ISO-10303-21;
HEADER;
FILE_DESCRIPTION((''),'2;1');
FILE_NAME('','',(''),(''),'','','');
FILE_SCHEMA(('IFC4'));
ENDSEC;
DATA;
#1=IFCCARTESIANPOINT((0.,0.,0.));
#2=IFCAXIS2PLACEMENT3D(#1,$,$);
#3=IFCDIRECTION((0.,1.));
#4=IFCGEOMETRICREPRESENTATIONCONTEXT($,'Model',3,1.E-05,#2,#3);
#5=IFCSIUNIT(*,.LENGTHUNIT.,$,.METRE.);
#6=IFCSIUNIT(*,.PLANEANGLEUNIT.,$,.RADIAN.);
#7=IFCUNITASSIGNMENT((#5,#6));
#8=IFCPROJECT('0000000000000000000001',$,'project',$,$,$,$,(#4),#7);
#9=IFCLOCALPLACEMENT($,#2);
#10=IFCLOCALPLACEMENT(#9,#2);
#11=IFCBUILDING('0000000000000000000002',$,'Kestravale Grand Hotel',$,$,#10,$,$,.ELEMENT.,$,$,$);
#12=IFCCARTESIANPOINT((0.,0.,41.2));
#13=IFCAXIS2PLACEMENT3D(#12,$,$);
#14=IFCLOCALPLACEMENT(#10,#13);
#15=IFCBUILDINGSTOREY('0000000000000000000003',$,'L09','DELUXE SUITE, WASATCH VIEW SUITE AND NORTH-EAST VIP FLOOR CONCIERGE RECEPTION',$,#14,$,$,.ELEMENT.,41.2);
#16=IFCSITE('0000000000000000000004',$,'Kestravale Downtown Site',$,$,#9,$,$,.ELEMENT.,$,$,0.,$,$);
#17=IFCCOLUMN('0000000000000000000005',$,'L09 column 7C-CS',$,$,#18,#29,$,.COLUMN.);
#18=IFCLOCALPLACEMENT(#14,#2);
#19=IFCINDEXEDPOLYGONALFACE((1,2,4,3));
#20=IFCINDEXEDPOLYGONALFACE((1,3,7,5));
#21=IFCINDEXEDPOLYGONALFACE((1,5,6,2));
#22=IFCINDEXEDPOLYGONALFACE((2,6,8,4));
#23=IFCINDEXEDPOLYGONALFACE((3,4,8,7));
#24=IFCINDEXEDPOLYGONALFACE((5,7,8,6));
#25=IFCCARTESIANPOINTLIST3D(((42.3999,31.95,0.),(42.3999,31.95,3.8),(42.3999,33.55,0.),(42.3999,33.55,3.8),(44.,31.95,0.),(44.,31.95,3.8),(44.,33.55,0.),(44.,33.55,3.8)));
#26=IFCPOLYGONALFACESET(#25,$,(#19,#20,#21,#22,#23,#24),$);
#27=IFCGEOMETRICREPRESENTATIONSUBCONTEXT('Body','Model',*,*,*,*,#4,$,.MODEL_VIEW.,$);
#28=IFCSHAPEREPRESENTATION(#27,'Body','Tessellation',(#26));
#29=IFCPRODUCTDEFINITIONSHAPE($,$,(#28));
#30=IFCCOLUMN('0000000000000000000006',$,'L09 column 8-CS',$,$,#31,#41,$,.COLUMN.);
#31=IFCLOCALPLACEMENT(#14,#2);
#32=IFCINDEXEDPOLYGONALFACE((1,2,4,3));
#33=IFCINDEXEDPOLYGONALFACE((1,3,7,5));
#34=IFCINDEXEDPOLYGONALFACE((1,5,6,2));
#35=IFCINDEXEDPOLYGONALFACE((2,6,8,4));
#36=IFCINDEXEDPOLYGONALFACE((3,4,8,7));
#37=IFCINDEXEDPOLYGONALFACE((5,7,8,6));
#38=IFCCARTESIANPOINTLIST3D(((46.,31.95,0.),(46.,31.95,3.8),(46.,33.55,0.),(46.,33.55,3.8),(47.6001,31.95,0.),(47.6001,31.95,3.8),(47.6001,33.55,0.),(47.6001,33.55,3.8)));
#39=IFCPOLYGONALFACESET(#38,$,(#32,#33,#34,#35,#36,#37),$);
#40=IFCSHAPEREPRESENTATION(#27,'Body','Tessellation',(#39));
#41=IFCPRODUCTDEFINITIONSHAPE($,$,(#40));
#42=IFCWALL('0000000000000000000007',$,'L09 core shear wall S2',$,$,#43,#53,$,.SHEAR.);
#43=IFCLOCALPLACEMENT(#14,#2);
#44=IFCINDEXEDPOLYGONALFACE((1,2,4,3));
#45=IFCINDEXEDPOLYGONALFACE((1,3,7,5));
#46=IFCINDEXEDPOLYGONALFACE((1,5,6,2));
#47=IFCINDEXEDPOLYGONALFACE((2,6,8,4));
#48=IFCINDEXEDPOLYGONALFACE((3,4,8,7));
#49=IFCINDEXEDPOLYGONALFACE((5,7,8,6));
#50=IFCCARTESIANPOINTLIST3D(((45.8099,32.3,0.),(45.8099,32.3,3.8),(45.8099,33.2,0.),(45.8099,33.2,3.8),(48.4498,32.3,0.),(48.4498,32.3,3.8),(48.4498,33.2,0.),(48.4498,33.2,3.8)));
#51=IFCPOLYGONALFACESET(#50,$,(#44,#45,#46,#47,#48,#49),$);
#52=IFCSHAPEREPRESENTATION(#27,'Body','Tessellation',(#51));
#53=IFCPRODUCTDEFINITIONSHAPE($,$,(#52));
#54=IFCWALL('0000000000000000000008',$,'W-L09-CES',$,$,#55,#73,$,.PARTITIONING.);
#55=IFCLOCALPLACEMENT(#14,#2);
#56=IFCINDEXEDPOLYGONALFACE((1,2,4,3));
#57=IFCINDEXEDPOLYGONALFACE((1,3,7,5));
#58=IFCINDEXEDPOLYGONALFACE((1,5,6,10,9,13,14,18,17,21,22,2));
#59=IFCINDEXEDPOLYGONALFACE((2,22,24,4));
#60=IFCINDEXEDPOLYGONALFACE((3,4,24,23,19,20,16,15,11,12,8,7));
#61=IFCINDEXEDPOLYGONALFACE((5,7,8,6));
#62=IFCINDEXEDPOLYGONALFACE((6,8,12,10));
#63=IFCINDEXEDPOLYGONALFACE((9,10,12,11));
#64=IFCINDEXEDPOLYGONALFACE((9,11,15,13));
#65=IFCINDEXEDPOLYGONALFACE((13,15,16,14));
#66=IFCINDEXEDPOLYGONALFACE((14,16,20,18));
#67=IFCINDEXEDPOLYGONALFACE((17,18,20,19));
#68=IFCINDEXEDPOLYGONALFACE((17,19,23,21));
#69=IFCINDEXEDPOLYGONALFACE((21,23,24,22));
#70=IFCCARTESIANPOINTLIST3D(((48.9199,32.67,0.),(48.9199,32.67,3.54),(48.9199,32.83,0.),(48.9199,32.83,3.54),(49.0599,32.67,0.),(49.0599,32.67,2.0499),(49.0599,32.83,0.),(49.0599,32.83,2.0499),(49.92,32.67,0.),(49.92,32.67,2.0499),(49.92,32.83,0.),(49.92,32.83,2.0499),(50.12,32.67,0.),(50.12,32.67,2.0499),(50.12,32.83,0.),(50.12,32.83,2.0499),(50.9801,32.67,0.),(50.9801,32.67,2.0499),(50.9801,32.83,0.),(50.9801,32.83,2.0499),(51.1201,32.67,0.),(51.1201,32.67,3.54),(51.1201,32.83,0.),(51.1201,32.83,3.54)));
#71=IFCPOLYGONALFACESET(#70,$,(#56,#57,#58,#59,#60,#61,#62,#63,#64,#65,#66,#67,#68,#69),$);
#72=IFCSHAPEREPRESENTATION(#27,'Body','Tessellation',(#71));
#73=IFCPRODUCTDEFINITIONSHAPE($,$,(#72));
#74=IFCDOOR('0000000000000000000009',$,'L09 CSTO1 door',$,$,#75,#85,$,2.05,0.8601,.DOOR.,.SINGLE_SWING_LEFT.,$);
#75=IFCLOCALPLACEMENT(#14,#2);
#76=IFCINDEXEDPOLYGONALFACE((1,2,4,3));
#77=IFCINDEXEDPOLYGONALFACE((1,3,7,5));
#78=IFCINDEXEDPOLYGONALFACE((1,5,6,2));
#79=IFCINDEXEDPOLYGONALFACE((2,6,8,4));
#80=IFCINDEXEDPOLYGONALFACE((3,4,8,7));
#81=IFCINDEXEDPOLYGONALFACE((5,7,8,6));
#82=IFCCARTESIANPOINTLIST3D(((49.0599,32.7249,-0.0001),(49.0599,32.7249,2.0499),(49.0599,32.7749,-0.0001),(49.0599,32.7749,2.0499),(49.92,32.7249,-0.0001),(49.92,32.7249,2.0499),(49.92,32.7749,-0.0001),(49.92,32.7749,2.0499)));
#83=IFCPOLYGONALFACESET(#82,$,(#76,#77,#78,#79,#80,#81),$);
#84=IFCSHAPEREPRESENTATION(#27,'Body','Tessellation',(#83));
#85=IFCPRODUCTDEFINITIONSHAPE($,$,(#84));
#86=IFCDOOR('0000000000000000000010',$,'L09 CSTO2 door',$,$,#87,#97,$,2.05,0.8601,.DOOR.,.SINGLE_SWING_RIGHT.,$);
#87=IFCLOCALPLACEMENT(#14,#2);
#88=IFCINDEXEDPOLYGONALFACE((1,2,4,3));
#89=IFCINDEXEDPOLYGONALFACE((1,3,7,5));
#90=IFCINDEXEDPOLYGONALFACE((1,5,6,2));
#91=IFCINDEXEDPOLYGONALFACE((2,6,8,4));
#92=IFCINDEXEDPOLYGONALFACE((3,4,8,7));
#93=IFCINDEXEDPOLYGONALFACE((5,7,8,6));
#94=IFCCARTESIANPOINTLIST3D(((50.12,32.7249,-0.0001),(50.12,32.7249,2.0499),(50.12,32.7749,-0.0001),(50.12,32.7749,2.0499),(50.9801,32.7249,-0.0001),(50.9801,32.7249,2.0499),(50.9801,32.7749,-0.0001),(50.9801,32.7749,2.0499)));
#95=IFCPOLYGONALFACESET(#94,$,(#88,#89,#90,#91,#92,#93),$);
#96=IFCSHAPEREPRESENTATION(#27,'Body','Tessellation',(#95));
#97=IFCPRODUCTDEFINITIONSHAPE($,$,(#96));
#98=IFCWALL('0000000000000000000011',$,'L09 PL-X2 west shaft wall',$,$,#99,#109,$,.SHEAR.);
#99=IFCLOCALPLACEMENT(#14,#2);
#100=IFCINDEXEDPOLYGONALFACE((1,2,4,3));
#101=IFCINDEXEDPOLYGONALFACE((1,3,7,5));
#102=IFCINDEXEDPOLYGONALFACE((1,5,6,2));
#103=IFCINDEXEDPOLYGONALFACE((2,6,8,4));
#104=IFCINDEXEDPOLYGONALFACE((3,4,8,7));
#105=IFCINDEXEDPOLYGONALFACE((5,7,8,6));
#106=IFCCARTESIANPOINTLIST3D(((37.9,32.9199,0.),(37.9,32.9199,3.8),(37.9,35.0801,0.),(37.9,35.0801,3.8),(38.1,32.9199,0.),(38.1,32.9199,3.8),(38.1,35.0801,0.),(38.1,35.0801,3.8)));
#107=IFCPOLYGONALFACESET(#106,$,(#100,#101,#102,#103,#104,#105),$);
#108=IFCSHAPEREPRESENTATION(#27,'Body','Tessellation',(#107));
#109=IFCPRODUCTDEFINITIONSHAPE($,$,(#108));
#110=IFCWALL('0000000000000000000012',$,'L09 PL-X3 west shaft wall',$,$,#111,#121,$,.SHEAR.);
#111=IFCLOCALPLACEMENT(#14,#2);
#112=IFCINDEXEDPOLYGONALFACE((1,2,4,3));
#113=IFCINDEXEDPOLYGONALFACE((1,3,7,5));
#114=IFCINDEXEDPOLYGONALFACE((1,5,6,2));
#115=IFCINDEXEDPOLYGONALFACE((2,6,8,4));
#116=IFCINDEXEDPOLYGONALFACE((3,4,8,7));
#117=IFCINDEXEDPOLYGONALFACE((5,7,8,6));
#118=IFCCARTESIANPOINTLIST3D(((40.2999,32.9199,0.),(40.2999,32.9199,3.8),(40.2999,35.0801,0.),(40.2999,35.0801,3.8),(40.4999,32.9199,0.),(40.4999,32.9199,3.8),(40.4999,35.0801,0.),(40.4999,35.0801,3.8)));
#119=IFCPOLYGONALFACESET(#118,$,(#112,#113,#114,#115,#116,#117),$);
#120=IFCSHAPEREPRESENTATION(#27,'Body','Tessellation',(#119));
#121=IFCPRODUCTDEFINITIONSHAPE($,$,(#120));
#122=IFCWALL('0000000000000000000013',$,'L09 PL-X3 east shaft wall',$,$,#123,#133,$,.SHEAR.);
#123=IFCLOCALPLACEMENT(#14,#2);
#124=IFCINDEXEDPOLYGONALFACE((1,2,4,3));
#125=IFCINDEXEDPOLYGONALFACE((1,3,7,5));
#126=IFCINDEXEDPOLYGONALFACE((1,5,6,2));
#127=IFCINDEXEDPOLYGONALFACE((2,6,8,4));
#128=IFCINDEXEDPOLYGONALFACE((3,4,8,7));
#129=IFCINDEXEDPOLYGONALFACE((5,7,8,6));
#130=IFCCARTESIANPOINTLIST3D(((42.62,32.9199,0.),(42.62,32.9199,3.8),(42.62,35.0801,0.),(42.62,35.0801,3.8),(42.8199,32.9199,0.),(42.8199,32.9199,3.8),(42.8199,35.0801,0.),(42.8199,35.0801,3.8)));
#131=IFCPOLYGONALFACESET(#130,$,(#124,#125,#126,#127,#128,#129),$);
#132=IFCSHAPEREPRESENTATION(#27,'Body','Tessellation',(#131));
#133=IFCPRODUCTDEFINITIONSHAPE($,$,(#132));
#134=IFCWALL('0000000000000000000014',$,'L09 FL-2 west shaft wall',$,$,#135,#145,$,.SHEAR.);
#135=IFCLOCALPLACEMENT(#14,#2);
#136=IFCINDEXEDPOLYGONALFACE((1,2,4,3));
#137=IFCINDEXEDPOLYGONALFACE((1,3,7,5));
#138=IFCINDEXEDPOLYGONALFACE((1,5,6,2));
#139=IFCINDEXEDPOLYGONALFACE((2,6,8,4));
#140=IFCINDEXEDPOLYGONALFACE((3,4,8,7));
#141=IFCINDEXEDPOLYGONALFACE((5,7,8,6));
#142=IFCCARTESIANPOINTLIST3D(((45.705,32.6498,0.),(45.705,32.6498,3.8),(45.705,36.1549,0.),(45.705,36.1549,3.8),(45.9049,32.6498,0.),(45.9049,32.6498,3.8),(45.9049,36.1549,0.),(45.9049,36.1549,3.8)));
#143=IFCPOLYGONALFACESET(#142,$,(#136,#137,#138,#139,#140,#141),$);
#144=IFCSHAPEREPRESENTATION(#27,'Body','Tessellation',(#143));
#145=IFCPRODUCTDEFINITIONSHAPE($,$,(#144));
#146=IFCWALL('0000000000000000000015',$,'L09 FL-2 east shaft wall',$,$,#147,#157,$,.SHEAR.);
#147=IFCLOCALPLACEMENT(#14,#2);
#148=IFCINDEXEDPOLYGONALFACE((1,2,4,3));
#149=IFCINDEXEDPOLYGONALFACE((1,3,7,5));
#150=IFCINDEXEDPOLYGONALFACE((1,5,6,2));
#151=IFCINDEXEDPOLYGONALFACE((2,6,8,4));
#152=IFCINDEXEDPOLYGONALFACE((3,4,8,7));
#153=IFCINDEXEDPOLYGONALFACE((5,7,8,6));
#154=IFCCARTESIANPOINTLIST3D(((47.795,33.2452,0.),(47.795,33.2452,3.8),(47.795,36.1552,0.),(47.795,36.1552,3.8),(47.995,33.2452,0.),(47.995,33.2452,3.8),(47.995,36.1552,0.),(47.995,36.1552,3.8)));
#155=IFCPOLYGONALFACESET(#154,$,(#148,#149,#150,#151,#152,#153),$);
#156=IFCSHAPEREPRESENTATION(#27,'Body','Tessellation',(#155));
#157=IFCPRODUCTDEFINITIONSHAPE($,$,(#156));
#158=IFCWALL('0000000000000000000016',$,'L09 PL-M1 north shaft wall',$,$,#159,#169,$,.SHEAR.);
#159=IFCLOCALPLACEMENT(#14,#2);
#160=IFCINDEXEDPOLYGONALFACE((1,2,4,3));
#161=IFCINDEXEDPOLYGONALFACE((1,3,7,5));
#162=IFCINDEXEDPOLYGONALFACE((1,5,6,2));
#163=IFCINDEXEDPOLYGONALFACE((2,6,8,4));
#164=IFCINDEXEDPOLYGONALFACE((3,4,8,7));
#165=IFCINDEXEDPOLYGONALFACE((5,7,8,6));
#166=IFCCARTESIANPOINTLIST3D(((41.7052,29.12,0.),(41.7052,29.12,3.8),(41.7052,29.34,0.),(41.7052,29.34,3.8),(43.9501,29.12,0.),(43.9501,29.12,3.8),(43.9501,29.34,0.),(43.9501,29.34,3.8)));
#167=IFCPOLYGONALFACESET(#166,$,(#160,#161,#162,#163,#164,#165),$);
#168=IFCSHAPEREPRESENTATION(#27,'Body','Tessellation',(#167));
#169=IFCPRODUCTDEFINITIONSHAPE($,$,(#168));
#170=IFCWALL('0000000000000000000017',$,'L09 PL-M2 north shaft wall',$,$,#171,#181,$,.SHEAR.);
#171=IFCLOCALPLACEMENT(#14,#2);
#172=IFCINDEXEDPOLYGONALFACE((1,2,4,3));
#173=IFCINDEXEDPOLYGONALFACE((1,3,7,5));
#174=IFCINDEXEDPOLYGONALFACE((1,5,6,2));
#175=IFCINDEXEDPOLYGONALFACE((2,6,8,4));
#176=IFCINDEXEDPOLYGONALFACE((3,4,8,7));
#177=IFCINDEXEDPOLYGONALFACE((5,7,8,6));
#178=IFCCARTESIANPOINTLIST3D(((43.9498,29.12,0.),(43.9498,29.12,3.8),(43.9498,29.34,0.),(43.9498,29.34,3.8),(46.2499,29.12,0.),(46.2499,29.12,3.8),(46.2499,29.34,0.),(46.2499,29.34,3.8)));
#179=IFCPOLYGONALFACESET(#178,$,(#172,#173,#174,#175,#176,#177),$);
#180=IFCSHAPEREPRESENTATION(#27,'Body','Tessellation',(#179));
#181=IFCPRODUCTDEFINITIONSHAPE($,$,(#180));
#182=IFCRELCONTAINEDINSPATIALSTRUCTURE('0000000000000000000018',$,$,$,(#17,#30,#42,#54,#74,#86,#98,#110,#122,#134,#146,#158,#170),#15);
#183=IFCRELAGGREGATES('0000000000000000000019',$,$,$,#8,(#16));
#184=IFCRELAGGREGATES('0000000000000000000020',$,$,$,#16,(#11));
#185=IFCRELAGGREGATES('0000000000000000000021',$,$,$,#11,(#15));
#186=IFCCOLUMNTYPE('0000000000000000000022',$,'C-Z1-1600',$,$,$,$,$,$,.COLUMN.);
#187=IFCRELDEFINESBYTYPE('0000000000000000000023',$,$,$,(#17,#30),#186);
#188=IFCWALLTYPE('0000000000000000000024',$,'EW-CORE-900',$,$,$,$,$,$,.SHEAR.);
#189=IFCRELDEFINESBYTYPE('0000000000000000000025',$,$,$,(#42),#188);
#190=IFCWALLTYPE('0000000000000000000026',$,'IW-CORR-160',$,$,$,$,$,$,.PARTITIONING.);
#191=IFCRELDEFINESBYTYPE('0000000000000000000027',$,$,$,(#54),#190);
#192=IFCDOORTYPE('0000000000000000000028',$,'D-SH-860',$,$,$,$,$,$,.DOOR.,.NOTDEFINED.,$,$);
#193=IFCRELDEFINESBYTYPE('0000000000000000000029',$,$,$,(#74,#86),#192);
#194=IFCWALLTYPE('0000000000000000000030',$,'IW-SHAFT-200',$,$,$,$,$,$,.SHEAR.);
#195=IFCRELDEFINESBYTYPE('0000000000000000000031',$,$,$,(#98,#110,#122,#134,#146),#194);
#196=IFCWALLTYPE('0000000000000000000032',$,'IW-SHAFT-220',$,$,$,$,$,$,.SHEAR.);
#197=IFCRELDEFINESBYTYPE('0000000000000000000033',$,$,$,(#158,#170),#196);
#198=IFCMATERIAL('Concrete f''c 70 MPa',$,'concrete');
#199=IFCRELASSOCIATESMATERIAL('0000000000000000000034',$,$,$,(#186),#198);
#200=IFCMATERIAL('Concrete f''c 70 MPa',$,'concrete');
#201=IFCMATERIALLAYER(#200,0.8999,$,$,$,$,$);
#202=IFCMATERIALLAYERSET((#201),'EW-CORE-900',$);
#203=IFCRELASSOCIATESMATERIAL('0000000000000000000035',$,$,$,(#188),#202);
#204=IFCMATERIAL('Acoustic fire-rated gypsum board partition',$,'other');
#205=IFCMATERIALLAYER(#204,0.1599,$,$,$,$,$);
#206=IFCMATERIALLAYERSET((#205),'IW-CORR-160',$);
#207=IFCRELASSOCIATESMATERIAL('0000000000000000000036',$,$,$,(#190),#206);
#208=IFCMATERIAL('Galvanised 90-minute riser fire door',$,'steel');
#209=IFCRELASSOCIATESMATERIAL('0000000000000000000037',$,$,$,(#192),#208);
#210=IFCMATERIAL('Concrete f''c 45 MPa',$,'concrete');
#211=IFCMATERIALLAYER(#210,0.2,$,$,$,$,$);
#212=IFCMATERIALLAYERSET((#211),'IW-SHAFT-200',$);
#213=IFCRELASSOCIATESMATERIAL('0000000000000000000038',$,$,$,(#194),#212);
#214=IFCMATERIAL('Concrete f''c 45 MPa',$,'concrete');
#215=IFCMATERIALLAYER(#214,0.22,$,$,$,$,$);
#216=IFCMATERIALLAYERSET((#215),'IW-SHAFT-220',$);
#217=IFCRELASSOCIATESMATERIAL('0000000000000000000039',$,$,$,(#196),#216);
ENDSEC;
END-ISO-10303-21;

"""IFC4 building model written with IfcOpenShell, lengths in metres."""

from ifc_helpers import new_model, si_unit, direction, frame, frame_2d, origin, origin_2d, place, context, subcontext, project, spatial, rectangle, extrude, material, layer, layer_set, material_profile, profile_set, type_object, element, fill, save


model = new_model("IFC4")

# Units and contexts
model_context = context("Model", 3, precision=1e-05, world=origin(), true_north=direction((0.0, 1.0)))
body_context = subcontext(model_context, "Body", "Model", "MODEL_VIEW")
ifc_project = project(units=[si_unit("LENGTHUNIT", "METRE"), si_unit("PLANEANGLEUNIT", "RADIAN")], contexts=[model_context])

# Site, building, storey
site_placement = place(None, origin())
site = spatial("IfcSite", under=ifc_project, at=site_placement, Name="Kestravale Downtown Site", CompositionType="ELEMENT", RefElevation=0.0)
building_placement = place(site_placement, origin())
building = spatial("IfcBuilding", under=site, at=building_placement, Name="Kestravale Grand Hotel", CompositionType="ELEMENT")
storey_placement = place(building_placement, frame((0.0, 0.0, 41.2)))
storey = spatial("IfcBuildingStorey", under=building, at=storey_placement, Name="L09", Description="DELUXE SUITE, WASATCH VIEW SUITE AND NORTH-EAST VIP FLOOR CONCIERGE RECEPTION", CompositionType="ELEMENT", Elevation=41.2)

# Columns
ifc_material_1 = material(Name="Concrete f'c 70 MPa", Category="concrete")
ifc_material_profile = material_profile(ifc_material_1, rectangle(XDim=1.6001, YDim=1.6001, at=origin_2d()))
ifc_profile_set = profile_set([ifc_material_profile], Name="Concrete f'c 70 MPa")
column_type = type_object("IfcColumnType", Name="C-Z1-1600", PredefinedType="COLUMN", material=ifc_profile_set)
for number, where, z_axis, x_axis, name in (
    (1, (43.2, 32.75, 0.0), (0.0, 0.0, 1.0), (1.0, 0.0, 0.0), "L09 column 7C-CS"),
    (2, (46.8, 32.75, 0.0), (0.0, 0.0, 1.0), (1.0, 0.0, 0.0), "L09 column 8-CS"),
):
    element("IfcColumn", number, at=place(storey_placement, frame(where, z_axis=z_axis, x_axis=x_axis)), inside=storey, type_object=column_type, Name=name, PredefinedType="COLUMN", context=body_context, shape_type="SweptSolid", body=[
        extrude(rectangle(XDim=1.6001, YDim=1.6001, at=origin_2d()), origin(), (0.0, 0.0, 1.0), 3.8),
    ])

# Wall
ifc_material_2 = material(Name="Concrete f'c 70 MPa", Category="concrete")
ifc_layer_1 = layer(ifc_material_2, 0.8999)
ifc_layer_set_1 = layer_set([ifc_layer_1], Name="EW-CORE-900")
wall_type_1 = type_object("IfcWallType", Name="EW-CORE-900", PredefinedType="SHEAR", material=ifc_layer_set_1)
wall_1_placement = place(storey_placement, frame((45.8101, 32.75, 0.0), z_axis=(0.0, 0.0, 1.0), x_axis=(1.0, 0.0, 0.0)))
element("IfcWall", 3, at=wall_1_placement, inside=storey, type_object=wall_type_1, Name="L09 core shear wall S2", PredefinedType="SHEAR", context=body_context, shape_type="SweptSolid", body=[
    extrude(rectangle(XDim=2.6399, YDim=0.8999, at=frame_2d((1.3198, 0.0))), origin(), (0.0, 0.0, 1.0), 3.8),
])

# Wall, openings, doors
ifc_material_3 = material(Name="Acoustic fire-rated gypsum board partition", Category="other")
ifc_layer_2 = layer(ifc_material_3, 0.1599)
ifc_layer_set_2 = layer_set([ifc_layer_2], Name="IW-CORR-160")
wall_type_2 = type_object("IfcWallType", Name="IW-CORR-160", PredefinedType="PARTITIONING", material=ifc_layer_set_2)
wall_2_placement = place(storey_placement, frame((48.9199, 32.75, 0.0), z_axis=(0.0, 0.0, 1.0), x_axis=(1.0, 0.0, 0.0)))
wall_2 = element("IfcWall", 4, at=wall_2_placement, inside=storey, type_object=wall_type_2, Name="W-L09-CES", PredefinedType="PARTITIONING", context=body_context, shape_type="SweptSolid", body=[
    extrude(rectangle(XDim=2.2002, YDim=0.1599, at=frame_2d((1.1001, 0.0))), origin(), (0.0, 0.0, 1.0), 3.54),
])
opening_1_placement = place(wall_2_placement, frame((0.1399, 0.0, 0.0)))
opening_1 = element("IfcOpeningElement", 5, at=opening_1_placement, cuts=wall_2, PredefinedType="OPENING", context=body_context, shape_type="SweptSolid", body=[
    extrude(rectangle(XDim=0.8601, YDim=2.05, at=frame_2d((0.4302, 1.0249))), frame((0.0, 0.0898, 0.0), z_axis=(0.0, -1.0, 0.0), x_axis=(1.0, 0.0, 0.0)), (0.0, 0.0, 1.0), 0.1799),
])
opening_2_placement = place(wall_2_placement, frame((1.2, 0.0, 0.0)))
opening_2 = element("IfcOpeningElement", 6, at=opening_2_placement, cuts=wall_2, PredefinedType="OPENING", context=body_context, shape_type="SweptSolid", body=[
    extrude(rectangle(XDim=0.8601, YDim=2.05, at=frame_2d((0.4302, 1.0249))), frame((0.0, 0.0898, 0.0), z_axis=(0.0, -1.0, 0.0), x_axis=(1.0, 0.0, 0.0)), (0.0, 0.0, 1.0), 0.1799),
])
ifc_material_4 = material(Name="Galvanised 90-minute riser fire door", Category="steel")
door_type_1 = type_object("IfcDoorType", Name="D-SH-860", OperationType="NOTDEFINED", PredefinedType="DOOR", material=ifc_material_4)
door_1_placement = place(opening_1_placement, origin())
door_1 = element("IfcDoor", 7, at=door_1_placement, inside=storey, type_object=door_type_1, Name="L09 CSTO1 door", OperationType="SINGLE_SWING_LEFT", OverallHeight=2.05, OverallWidth=0.8601, PredefinedType="DOOR", context=body_context, shape_type="SweptSolid", body=[
    extrude(rectangle(XDim=0.8601, YDim=2.05, at=frame_2d((0.4302, 1.0249))), frame((0.0, 0.0249, 0.0), z_axis=(0.0, -1.0, 0.0), x_axis=(1.0, 0.0, 0.0)), (0.0, 0.0, 1.0), 0.05),
])
fill(opening_1, door_1)
door_2_placement = place(opening_2_placement, origin())
door_2 = element("IfcDoor", 8, at=door_2_placement, inside=storey, type_object=door_type_1, Name="L09 CSTO2 door", OperationType="SINGLE_SWING_RIGHT", OverallHeight=2.05, OverallWidth=0.8601, PredefinedType="DOOR", context=body_context, shape_type="SweptSolid", body=[
    extrude(rectangle(XDim=0.8601, YDim=2.05, at=frame_2d((0.4302, 1.0249))), frame((0.0, 0.0249, 0.0), z_axis=(0.0, -1.0, 0.0), x_axis=(1.0, 0.0, 0.0)), (0.0, 0.0, 1.0), 0.05),
])
fill(opening_2, door_2)

# Walls
ifc_material_5 = material(Name="Concrete f'c 45 MPa", Category="concrete")
ifc_layer_3 = layer(ifc_material_5, 0.2)
ifc_layer_set_3 = layer_set([ifc_layer_3], Name="IW-SHAFT-200")
wall_type_3 = type_object("IfcWallType", Name="IW-SHAFT-200", PredefinedType="SHEAR", material=ifc_layer_set_3)
for number, where, z_axis, x_axis, name in (
    (9, (38.0, 32.9199, 0.0), (0.0, 0.0, 1.0), (0.0, 1.0, 0.0), "L09 PL-X2 west shaft wall"),
    (10, (40.3999, 32.9199, 0.0), (0.0, 0.0, 1.0), (0.0, 1.0, 0.0), "L09 PL-X3 west shaft wall"),
    (11, (42.72, 32.9199, 0.0), (0.0, 0.0, 1.0), (0.0, 1.0, 0.0), "L09 PL-X3 east shaft wall"),
):
    element("IfcWall", number, at=place(storey_placement, frame(where, z_axis=z_axis, x_axis=x_axis)), inside=storey, type_object=wall_type_3, Name=name, PredefinedType="SHEAR", context=body_context, shape_type="SweptSolid", body=[
        extrude(rectangle(XDim=2.1602, YDim=0.2, at=frame_2d((1.0801, 0.0))), origin(), (0.0, 0.0, 1.0), 3.8),
    ])
wall_3_placement = place(storey_placement, frame((45.8049, 32.6499, 0.0), z_axis=(0.0, 0.0, 1.0), x_axis=(0.0, 1.0, 0.0)))
element("IfcWall", 12, at=wall_3_placement, inside=storey, type_object=wall_type_3, Name="L09 FL-2 west shaft wall", PredefinedType="SHEAR", context=body_context, shape_type="SweptSolid", body=[
    extrude(rectangle(XDim=3.5051, YDim=0.2, at=frame_2d((1.7524, 0.0))), origin(), (0.0, 0.0, 1.0), 3.8),
])
wall_4_placement = place(storey_placement, frame((47.895, 33.2451, 0.0), z_axis=(0.0, 0.0, 1.0), x_axis=(0.0, 1.0, 0.0)))
element("IfcWall", 13, at=wall_4_placement, inside=storey, type_object=wall_type_3, Name="L09 FL-2 east shaft wall", PredefinedType="SHEAR", context=body_context, shape_type="SweptSolid", body=[
    extrude(rectangle(XDim=2.9099, YDim=0.2, at=frame_2d((1.4551, 0.0))), origin(), (0.0, 0.0, 1.0), 3.8),
])
ifc_material_6 = material(Name="Concrete f'c 45 MPa", Category="concrete")
ifc_layer_4 = layer(ifc_material_6, 0.22)
ifc_layer_set_4 = layer_set([ifc_layer_4], Name="IW-SHAFT-220")
wall_type_4 = type_object("IfcWallType", Name="IW-SHAFT-220", PredefinedType="SHEAR", material=ifc_layer_set_4)
wall_5_placement = place(storey_placement, frame((41.7051, 29.23, 0.0), z_axis=(0.0, 0.0, 1.0), x_axis=(1.0, 0.0, 0.0)))
element("IfcWall", 14, at=wall_5_placement, inside=storey, type_object=wall_type_4, Name="L09 PL-M1 north shaft wall", PredefinedType="SHEAR", context=body_context, shape_type="SweptSolid", body=[
    extrude(rectangle(XDim=2.2449, YDim=0.22, at=frame_2d((1.1226, 0.0))), origin(), (0.0, 0.0, 1.0), 3.8),
])
for number, where, z_axis, x_axis, name in (
    (15, (43.95, 29.23, 0.0), (0.0, 0.0, 1.0), (1.0, 0.0, 0.0), "L09 PL-M2 north shaft wall"),
):
    element("IfcWall", number, at=place(storey_placement, frame(where, z_axis=z_axis, x_axis=x_axis)), inside=storey, type_object=wall_type_4, Name=name, PredefinedType="SHEAR", context=body_context, shape_type="SweptSolid", body=[
        extrude(rectangle(XDim=2.3, YDim=0.22, at=frame_2d((1.1499, 0.0))), origin(), (0.0, 0.0, 1.0), 3.8),
    ])

save(model, "model.ifc")
